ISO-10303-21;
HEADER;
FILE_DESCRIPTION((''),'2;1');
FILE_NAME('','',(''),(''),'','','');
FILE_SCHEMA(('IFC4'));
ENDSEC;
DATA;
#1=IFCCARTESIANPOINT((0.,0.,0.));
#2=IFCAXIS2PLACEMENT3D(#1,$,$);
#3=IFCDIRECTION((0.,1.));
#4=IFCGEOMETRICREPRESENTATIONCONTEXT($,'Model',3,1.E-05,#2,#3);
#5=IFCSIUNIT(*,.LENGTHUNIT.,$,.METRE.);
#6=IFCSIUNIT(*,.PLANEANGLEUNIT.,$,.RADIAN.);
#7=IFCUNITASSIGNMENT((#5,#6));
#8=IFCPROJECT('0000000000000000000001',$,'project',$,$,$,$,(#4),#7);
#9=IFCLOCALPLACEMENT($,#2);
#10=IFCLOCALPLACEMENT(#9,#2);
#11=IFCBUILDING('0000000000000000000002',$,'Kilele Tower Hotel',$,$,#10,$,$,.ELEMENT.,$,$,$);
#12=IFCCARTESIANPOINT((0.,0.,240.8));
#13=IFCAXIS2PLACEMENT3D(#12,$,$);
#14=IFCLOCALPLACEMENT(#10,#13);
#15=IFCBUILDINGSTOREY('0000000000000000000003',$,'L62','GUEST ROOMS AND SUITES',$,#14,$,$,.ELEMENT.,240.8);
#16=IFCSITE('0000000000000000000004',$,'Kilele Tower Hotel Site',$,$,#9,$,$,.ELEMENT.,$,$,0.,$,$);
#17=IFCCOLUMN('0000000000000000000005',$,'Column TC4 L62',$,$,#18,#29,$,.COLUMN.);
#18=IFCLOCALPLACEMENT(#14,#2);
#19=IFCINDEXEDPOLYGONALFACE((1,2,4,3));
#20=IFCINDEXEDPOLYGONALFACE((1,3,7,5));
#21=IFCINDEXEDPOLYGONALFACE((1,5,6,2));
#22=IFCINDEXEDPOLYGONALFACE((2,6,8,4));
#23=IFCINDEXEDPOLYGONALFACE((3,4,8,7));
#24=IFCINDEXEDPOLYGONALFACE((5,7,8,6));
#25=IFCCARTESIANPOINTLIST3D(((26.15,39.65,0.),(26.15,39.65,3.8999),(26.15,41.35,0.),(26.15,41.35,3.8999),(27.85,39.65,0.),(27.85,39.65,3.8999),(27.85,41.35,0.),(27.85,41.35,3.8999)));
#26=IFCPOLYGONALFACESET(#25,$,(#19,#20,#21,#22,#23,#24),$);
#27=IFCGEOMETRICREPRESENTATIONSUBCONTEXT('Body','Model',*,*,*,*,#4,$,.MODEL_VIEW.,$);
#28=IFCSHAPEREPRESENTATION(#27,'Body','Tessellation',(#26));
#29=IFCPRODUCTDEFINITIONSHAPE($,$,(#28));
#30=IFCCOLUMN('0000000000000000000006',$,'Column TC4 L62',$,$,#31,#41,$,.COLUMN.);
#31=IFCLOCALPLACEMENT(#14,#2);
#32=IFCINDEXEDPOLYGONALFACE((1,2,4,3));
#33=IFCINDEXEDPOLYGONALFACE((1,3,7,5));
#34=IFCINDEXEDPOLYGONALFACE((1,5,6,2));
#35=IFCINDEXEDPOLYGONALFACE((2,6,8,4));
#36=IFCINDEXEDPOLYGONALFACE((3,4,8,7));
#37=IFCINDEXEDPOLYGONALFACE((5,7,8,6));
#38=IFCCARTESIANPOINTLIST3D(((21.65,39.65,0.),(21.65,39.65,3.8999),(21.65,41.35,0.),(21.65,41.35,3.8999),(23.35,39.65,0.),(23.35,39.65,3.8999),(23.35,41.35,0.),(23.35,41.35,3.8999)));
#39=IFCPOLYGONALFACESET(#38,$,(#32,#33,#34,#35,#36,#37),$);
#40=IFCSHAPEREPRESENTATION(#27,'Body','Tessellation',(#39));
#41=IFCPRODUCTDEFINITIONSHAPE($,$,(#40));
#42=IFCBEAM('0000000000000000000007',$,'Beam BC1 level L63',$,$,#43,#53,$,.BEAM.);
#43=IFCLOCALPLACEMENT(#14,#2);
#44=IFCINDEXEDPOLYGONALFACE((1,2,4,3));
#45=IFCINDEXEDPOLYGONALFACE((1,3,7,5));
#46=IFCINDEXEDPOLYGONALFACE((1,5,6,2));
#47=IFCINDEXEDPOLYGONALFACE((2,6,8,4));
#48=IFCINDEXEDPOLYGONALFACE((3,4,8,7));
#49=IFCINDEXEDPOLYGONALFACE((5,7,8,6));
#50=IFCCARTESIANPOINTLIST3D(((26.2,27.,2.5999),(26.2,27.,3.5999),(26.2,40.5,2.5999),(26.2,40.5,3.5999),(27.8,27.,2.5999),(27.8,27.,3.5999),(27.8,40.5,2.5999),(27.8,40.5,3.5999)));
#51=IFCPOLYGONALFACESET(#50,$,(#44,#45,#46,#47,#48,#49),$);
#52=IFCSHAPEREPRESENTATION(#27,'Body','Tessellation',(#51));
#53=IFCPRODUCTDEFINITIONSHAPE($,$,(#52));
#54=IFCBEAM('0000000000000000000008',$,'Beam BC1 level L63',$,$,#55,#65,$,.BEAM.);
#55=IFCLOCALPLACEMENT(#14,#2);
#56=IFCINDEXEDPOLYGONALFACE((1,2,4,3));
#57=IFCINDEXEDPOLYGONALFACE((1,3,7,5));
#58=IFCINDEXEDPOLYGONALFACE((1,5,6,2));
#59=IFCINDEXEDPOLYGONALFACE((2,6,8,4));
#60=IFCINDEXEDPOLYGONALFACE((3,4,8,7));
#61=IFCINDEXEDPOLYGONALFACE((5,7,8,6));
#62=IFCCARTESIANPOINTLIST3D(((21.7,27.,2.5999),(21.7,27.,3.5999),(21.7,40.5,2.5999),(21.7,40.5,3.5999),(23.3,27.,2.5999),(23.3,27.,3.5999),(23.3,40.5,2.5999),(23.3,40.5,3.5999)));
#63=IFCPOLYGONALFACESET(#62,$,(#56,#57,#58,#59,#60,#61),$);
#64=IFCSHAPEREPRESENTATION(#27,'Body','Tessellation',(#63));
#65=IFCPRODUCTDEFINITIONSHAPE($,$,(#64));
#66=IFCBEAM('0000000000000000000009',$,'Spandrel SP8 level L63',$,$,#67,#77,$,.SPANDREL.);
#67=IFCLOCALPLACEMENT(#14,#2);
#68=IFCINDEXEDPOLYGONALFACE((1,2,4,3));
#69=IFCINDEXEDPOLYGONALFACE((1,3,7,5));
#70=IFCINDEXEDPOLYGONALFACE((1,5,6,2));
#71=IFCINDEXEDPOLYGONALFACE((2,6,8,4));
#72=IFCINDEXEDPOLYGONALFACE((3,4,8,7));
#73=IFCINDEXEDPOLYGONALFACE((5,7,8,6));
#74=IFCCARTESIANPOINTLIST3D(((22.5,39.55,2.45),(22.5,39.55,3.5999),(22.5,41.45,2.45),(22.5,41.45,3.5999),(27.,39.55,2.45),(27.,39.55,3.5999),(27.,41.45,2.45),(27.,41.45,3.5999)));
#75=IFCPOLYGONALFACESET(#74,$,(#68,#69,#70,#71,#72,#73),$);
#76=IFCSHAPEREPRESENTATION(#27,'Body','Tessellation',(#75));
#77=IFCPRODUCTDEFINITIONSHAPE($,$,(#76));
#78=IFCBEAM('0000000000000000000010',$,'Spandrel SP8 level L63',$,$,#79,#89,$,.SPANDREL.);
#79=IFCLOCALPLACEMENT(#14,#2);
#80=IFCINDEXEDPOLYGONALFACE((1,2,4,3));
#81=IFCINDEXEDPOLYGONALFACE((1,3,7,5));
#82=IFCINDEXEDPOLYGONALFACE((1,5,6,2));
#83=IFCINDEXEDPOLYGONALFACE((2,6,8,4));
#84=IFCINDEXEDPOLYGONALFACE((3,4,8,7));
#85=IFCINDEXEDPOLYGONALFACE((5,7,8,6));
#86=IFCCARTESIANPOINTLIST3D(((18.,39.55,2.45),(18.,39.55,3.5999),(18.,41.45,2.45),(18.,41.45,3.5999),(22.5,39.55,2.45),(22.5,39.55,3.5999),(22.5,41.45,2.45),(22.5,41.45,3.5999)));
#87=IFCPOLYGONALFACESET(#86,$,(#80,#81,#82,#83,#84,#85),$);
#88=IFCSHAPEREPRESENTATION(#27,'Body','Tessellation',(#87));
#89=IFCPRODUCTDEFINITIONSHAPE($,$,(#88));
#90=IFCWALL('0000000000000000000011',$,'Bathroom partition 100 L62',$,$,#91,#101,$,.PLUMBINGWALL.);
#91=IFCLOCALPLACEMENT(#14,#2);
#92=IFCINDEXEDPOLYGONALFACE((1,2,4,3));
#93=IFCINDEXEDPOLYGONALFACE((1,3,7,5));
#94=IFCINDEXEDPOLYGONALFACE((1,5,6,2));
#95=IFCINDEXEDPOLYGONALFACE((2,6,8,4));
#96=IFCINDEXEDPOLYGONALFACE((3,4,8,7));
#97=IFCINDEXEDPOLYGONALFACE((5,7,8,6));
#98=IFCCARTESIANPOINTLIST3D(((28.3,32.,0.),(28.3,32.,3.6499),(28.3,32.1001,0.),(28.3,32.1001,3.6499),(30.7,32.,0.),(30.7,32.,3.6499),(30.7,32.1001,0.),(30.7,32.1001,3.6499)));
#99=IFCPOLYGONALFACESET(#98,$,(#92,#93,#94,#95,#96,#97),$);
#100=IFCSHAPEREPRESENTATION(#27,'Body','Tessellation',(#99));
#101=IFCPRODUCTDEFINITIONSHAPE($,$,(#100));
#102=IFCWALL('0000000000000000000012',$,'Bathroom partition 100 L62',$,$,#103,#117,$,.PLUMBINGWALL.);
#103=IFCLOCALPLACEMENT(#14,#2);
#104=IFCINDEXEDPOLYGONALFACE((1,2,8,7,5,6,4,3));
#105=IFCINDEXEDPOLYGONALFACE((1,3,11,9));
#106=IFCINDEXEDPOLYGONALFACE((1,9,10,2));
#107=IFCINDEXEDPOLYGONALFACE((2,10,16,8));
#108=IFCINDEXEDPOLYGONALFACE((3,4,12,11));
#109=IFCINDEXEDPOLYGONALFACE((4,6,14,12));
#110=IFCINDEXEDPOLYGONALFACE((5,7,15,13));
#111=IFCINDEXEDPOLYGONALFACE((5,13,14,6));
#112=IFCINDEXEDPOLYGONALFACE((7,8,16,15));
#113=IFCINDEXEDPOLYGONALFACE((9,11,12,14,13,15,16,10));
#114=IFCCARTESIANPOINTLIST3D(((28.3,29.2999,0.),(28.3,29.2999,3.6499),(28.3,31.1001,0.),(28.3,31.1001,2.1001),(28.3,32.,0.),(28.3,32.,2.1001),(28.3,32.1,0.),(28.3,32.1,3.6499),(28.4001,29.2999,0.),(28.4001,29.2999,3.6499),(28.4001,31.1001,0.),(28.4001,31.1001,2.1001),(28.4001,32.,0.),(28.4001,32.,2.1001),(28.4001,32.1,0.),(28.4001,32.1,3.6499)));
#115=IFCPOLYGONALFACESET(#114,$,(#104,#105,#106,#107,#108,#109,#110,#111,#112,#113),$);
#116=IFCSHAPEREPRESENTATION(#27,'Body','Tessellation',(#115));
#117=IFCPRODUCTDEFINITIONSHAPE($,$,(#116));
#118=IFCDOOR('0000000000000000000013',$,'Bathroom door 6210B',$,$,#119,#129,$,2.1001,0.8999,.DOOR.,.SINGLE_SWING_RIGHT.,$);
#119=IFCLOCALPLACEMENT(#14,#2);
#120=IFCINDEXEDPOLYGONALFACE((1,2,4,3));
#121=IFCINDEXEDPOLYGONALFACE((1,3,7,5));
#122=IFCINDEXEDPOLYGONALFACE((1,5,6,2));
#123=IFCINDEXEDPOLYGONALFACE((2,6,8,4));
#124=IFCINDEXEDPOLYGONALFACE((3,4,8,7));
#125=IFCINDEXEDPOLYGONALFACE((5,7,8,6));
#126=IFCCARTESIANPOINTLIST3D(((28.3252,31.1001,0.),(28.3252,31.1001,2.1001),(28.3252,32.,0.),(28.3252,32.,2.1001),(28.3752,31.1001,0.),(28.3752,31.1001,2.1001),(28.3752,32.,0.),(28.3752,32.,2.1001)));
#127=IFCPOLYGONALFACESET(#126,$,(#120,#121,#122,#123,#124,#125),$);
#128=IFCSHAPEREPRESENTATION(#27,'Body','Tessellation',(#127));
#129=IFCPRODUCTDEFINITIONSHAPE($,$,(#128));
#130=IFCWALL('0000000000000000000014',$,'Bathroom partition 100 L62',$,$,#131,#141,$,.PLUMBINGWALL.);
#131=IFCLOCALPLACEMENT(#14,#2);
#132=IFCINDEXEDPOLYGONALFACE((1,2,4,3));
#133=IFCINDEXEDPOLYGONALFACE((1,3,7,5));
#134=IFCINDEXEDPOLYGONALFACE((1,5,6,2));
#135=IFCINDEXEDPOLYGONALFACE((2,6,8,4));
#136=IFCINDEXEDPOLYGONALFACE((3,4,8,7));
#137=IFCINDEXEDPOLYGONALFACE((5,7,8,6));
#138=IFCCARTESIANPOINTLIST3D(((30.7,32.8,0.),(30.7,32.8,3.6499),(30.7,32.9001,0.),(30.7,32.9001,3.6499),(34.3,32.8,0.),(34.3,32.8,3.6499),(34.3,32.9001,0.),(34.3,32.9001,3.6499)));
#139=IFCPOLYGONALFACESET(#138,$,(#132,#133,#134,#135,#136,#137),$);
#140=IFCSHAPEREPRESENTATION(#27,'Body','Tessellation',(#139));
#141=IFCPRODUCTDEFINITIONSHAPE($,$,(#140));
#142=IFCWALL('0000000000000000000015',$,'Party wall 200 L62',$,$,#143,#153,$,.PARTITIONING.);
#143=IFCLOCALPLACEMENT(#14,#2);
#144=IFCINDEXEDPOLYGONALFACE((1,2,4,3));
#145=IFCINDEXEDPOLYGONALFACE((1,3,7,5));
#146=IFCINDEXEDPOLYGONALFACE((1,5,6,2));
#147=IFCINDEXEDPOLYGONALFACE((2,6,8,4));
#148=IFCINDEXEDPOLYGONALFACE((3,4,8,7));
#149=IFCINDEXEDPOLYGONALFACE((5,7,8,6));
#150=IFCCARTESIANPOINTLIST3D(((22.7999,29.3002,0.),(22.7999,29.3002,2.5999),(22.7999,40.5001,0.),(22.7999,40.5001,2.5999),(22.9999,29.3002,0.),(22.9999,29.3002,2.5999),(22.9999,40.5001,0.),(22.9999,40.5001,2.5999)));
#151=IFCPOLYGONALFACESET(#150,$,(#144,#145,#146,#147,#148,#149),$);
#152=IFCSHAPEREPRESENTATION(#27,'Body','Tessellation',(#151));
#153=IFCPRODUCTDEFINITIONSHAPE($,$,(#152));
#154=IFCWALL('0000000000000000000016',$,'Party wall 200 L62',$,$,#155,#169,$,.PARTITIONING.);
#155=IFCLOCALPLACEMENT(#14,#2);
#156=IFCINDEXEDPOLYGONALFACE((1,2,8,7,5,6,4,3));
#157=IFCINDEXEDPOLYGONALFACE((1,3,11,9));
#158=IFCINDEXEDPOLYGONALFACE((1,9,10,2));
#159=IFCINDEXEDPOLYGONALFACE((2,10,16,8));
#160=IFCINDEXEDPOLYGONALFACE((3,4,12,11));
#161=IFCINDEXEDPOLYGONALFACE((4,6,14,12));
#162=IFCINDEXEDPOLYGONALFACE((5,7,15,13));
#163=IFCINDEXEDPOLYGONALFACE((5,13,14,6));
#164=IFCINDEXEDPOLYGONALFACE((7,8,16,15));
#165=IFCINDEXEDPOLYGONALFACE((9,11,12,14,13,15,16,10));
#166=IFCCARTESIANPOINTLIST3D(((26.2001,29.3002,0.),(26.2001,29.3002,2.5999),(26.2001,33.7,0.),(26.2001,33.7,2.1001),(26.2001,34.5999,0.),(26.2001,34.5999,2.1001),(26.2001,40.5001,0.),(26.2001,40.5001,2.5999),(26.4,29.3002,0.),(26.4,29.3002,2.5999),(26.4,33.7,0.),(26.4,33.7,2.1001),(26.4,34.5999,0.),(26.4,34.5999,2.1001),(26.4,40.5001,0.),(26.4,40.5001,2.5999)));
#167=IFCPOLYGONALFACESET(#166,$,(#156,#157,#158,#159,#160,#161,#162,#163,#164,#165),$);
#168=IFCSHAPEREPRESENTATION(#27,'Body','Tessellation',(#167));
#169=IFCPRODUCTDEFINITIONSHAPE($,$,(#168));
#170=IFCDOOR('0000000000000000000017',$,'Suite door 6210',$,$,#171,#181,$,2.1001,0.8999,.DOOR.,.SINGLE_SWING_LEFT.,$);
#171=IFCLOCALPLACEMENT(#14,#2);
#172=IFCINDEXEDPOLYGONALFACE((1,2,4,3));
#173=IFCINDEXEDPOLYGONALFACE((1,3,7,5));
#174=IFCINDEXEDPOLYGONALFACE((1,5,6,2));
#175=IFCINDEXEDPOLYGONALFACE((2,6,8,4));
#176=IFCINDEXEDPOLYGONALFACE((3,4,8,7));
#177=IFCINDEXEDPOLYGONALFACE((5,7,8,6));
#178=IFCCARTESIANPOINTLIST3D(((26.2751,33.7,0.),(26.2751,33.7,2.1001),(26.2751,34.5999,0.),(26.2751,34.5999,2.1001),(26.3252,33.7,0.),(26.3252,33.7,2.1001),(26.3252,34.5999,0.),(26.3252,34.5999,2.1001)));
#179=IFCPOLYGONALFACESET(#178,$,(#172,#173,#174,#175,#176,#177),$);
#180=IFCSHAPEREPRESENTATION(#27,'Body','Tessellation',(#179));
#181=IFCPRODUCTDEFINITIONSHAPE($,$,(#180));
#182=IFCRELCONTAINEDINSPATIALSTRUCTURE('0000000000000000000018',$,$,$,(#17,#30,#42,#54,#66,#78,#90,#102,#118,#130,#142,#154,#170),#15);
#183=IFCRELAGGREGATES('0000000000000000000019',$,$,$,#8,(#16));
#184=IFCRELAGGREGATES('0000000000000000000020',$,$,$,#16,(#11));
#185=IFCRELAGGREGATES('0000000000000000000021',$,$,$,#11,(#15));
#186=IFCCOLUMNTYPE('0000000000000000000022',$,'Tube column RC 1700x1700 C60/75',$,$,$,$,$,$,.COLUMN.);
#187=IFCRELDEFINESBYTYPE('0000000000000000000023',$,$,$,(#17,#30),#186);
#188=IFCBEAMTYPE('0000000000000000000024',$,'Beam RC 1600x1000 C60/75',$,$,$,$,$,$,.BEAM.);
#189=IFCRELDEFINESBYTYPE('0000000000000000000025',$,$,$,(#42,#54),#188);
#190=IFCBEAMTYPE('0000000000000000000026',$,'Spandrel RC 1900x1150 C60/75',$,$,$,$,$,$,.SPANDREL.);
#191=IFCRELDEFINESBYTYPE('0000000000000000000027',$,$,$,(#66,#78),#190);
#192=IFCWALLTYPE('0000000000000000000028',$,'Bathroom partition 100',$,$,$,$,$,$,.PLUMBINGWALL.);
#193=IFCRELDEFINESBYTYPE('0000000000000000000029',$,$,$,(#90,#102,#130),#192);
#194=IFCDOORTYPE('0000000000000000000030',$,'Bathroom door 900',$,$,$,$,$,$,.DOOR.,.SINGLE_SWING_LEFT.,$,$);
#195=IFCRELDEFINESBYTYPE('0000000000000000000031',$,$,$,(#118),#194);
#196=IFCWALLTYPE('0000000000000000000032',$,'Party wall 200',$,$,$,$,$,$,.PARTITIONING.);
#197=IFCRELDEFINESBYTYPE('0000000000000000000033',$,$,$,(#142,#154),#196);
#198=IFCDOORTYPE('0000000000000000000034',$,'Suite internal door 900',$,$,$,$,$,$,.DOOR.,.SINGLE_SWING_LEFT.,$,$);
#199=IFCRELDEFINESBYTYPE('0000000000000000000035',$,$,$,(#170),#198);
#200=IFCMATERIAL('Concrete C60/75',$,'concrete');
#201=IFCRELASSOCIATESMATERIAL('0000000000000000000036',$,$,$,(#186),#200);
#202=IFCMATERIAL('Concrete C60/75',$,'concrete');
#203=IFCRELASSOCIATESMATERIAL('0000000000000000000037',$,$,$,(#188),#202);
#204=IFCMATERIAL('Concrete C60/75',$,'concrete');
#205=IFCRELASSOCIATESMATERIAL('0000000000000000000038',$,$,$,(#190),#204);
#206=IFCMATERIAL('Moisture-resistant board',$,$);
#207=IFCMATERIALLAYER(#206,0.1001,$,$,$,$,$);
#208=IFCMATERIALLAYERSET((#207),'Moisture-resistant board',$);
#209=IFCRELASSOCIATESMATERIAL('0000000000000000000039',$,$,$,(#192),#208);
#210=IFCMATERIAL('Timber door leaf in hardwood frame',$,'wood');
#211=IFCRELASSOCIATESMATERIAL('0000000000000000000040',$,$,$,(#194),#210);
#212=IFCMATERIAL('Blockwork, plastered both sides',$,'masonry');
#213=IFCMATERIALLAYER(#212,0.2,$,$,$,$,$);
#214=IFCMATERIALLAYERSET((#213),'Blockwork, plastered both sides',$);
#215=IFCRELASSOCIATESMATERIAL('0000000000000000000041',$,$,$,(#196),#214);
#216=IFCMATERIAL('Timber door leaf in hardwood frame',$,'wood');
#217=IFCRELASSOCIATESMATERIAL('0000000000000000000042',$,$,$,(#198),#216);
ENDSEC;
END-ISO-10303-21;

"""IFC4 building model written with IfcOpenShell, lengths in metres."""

from ifc_helpers import new_model, si_unit, direction, frame, frame_2d, origin, origin_2d, place, context, subcontext, project, spatial, rectangle, extrude, material, layer, layer_set, material_profile, profile_set, type_object, element, fill, save


model = new_model("IFC4")

# Units and contexts
model_context = context("Model", 3, precision=1e-05, world=origin(), true_north=direction((0.0, 1.0)))
body_context = subcontext(model_context, "Body", "Model", "MODEL_VIEW")
ifc_project = project(units=[si_unit("LENGTHUNIT", "METRE"), si_unit("PLANEANGLEUNIT", "RADIAN")], contexts=[model_context])

# Site, building, storey
site_placement = place(None, origin())
site = spatial("IfcSite", under=ifc_project, at=site_placement, Name="Kilele Tower Hotel Site", CompositionType="ELEMENT", RefElevation=0.0)
building_placement = place(site_placement, origin())
building = spatial("IfcBuilding", under=site, at=building_placement, Name="Kilele Tower Hotel", CompositionType="ELEMENT")
storey_placement = place(building_placement, frame((0.0, 0.0, 240.8)))
storey = spatial("IfcBuildingStorey", under=building, at=storey_placement, Name="L62", Description="GUEST ROOMS AND SUITES", CompositionType="ELEMENT", Elevation=240.8)

# Columns
ifc_material_1 = material(Name="Concrete C60/75", Category="concrete")
ifc_material_profile_1 = material_profile(ifc_material_1, rectangle(XDim=1.7, YDim=1.7, at=origin_2d()))
ifc_profile_set_1 = profile_set([ifc_material_profile_1], Name="Concrete C60/75")
column_type = type_object("IfcColumnType", Name="Tube column RC 1700x1700 C60/75", PredefinedType="COLUMN", material=ifc_profile_set_1)
for number, where, z_axis, x_axis, name in (
    (1, (27.0, 40.5, 0.0), (0.0, 0.0, 1.0), (1.0, 0.0, 0.0), "Column TC4 L62"),
    (2, (22.5, 40.5, 0.0), (0.0, 0.0, 1.0), (1.0, 0.0, 0.0), "Column TC4 L62"),
):
    element("IfcColumn", number, at=place(storey_placement, frame(where, z_axis=z_axis, x_axis=x_axis)), inside=storey, type_object=column_type, Name=name, PredefinedType="COLUMN", context=body_context, shape_type="SweptSolid", body=[
        extrude(rectangle(XDim=1.7, YDim=1.7, at=origin_2d()), origin(), (0.0, 0.0, 1.0), 3.8999),
    ])

# Beams
ifc_material_2 = material(Name="Concrete C60/75", Category="concrete")
ifc_material_profile_2 = material_profile(ifc_material_2, rectangle(XDim=1.6001, YDim=1.0, at=origin_2d()))
ifc_profile_set_2 = profile_set([ifc_material_profile_2], Name="Concrete C60/75")
beam_type_1 = type_object("IfcBeamType", Name="Beam RC 1600x1000 C60/75", PredefinedType="BEAM", material=ifc_profile_set_2)
for number, where, z_axis, x_axis, name in (
    (3, (27.0, 40.5, 3.0999), (0.0, -1.0, 0.0), (1.0, 0.0, 0.0), "Beam BC1 level L63"),
    (4, (22.5, 40.5, 3.0999), (0.0, -1.0, 0.0), (1.0, 0.0, 0.0), "Beam BC1 level L63"),
):
    element("IfcBeam", number, at=place(storey_placement, frame(where, z_axis=z_axis, x_axis=x_axis)), inside=storey, type_object=beam_type_1, Name=name, PredefinedType="BEAM", context=body_context, shape_type="SweptSolid", body=[
        extrude(rectangle(XDim=1.6001, YDim=1.0, at=origin_2d()), origin(), (0.0, 0.0, 1.0), 13.5),
    ])
ifc_material_3 = material(Name="Concrete C60/75", Category="concrete")
ifc_material_profile_3 = material_profile(ifc_material_3, rectangle(XDim=1.8999, YDim=1.1499, at=origin_2d()))
ifc_profile_set_3 = profile_set([ifc_material_profile_3], Name="Concrete C60/75")
beam_type_2 = type_object("IfcBeamType", Name="Spandrel RC 1900x1150 C60/75", PredefinedType="SPANDREL", material=ifc_profile_set_3)
for number, where, z_axis, x_axis, name in (
    (5, (27.0, 40.5, 3.0249), (-1.0, 0.0, 0.0), (0.0, -1.0, 0.0), "Spandrel SP8 level L63"),
    (6, (22.5, 40.5, 3.0249), (-1.0, 0.0, 0.0), (0.0, -1.0, 0.0), "Spandrel SP8 level L63"),
):
    element("IfcBeam", number, at=place(storey_placement, frame(where, z_axis=z_axis, x_axis=x_axis)), inside=storey, type_object=beam_type_2, Name=name, PredefinedType="SPANDREL", context=body_context, shape_type="SweptSolid", body=[
        extrude(rectangle(XDim=1.8999, YDim=1.1499, at=origin_2d()), origin(), (0.0, 0.0, 1.0), 4.5),
    ])

# Wall
ifc_material_4 = material(Name="Moisture-resistant board")
ifc_layer_1 = layer(ifc_material_4, 0.1001)
ifc_layer_set_1 = layer_set([ifc_layer_1], Name="Moisture-resistant board")
wall_type_1 = type_object("IfcWallType", Name="Bathroom partition 100", PredefinedType="PLUMBINGWALL", material=ifc_layer_set_1)
wall_1_placement = place(storey_placement, frame((28.3, 32.05, 0.0), z_axis=(0.0, 0.0, 1.0), x_axis=(1.0, 0.0, 0.0)))
element("IfcWall", 7, at=wall_1_placement, inside=storey, type_object=wall_type_1, Name="Bathroom partition 100 L62", PredefinedType="PLUMBINGWALL", context=body_context, shape_type="SweptSolid", body=[
    extrude(rectangle(XDim=2.3999, YDim=0.1001, at=frame_2d((1.2, 0.0))), origin(), (0.0, 0.0, 1.0), 3.6499),
])

# Wall, opening, door
wall_2_placement = place(storey_placement, frame((28.3501, 29.3, 0.0), z_axis=(0.0, 0.0, 1.0), x_axis=(0.0, 1.0, 0.0)))
wall_2 = element("IfcWall", 8, at=wall_2_placement, inside=storey, type_object=wall_type_1, Name="Bathroom partition 100 L62", PredefinedType="PLUMBINGWALL", context=body_context, shape_type="SweptSolid", body=[
    extrude(rectangle(XDim=2.8, YDim=0.1001, at=frame_2d((1.3999, 0.0))), origin(), (0.0, 0.0, 1.0), 3.6499),
])
opening_1_placement = place(wall_2_placement, frame((1.8, 0.0, 0.0)))
opening_1 = element("IfcOpeningElement", 9, at=opening_1_placement, cuts=wall_2, PredefinedType="OPENING", context=body_context, shape_type="SweptSolid", body=[
    extrude(rectangle(XDim=0.8999, YDim=2.1001, at=frame_2d((0.45, 1.05))), frame((0.0, 0.0601, 0.0), z_axis=(0.0, -1.0, 0.0), x_axis=(1.0, 0.0, 0.0)), (0.0, 0.0, 1.0), 0.1201),
])
ifc_material_5 = material(Name="Timber door leaf in hardwood frame", Category="wood")
door_type_1 = type_object("IfcDoorType", Name="Bathroom door 900", OperationType="SINGLE_SWING_LEFT", PredefinedType="DOOR", material=ifc_material_5)
door_1_placement = place(opening_1_placement, origin())
door_1 = element("IfcDoor", 10, at=door_1_placement, inside=storey, type_object=door_type_1, Name="Bathroom door 6210B", OperationType="SINGLE_SWING_RIGHT", OverallHeight=2.1001, OverallWidth=0.8999, PredefinedType="DOOR", context=body_context, shape_type="SweptSolid", body=[
    extrude(rectangle(XDim=0.8999, YDim=2.1001, at=frame_2d((0.45, 1.05))), frame((0.0, 0.0249, 0.0), z_axis=(0.0, -1.0, 0.0), x_axis=(1.0, 0.0, 0.0)), (0.0, 0.0, 1.0), 0.05),
])
fill(opening_1, door_1)

# Walls
wall_3_placement = place(storey_placement, frame((30.7, 32.8501, 0.0), z_axis=(0.0, 0.0, 1.0), x_axis=(1.0, 0.0, 0.0)))
element("IfcWall", 11, at=wall_3_placement, inside=storey, type_object=wall_type_1, Name="Bathroom partition 100 L62", PredefinedType="PLUMBINGWALL", context=body_context, shape_type="SweptSolid", body=[
    extrude(rectangle(XDim=3.6001, YDim=0.1001, at=frame_2d((1.8, 0.0))), origin(), (0.0, 0.0, 1.0), 3.6499),
])
ifc_material_6 = material(Name="Blockwork, plastered both sides", Category="masonry")
ifc_layer_2 = layer(ifc_material_6, 0.2)
ifc_layer_set_2 = layer_set([ifc_layer_2], Name="Blockwork, plastered both sides")
wall_type_2 = type_object("IfcWallType", Name="Party wall 200", PredefinedType="PARTITIONING", material=ifc_layer_set_2)
wall_4_placement = place(storey_placement, frame((22.8999, 29.3, 0.0), z_axis=(0.0, 0.0, 1.0), x_axis=(0.0, 1.0, 0.0)))
element("IfcWall", 12, at=wall_4_placement, inside=storey, type_object=wall_type_2, Name="Party wall 200 L62", PredefinedType="PARTITIONING", context=body_context, shape_type="SweptSolid", body=[
    extrude(rectangle(XDim=11.2, YDim=0.2, at=frame_2d((5.6001, 0.0))), origin(), (0.0, 0.0, 1.0), 2.5999),
])

# Wall, opening, door
wall_5_placement = place(storey_placement, frame((26.3, 29.3, 0.0), z_axis=(0.0, 0.0, 1.0), x_axis=(0.0, 1.0, 0.0)))
wall_5 = element("IfcWall", 13, at=wall_5_placement, inside=storey, type_object=wall_type_2, Name="Party wall 200 L62", PredefinedType="PARTITIONING", context=body_context, shape_type="SweptSolid", body=[
    extrude(rectangle(XDim=11.2, YDim=0.2, at=frame_2d((5.6001, 0.0))), origin(), (0.0, 0.0, 1.0), 2.5999),
])
opening_2_placement = place(wall_5_placement, frame((4.3999, 0.0, 0.0)))
opening_2 = element("IfcOpeningElement", 14, at=opening_2_placement, cuts=wall_5, PredefinedType="OPENING", context=body_context, shape_type="SweptSolid", body=[
    extrude(rectangle(XDim=0.8999, YDim=2.1001, at=frame_2d((0.45, 1.05))), frame((0.0, 0.1099, 0.0), z_axis=(0.0, -1.0, 0.0), x_axis=(1.0, 0.0, 0.0)), (0.0, 0.0, 1.0), 0.22),
])
ifc_material_7 = material(Name="Timber door leaf in hardwood frame", Category="wood")
door_type_2 = type_object("IfcDoorType", Name="Suite internal door 900", OperationType="SINGLE_SWING_LEFT", PredefinedType="DOOR", material=ifc_material_7)
door_2_placement = place(opening_2_placement, origin())
door_2 = element("IfcDoor", 15, at=door_2_placement, inside=storey, type_object=door_type_2, Name="Suite door 6210", OperationType="SINGLE_SWING_LEFT", OverallHeight=2.1001, OverallWidth=0.8999, PredefinedType="DOOR", context=body_context, shape_type="SweptSolid", body=[
    extrude(rectangle(XDim=0.8999, YDim=2.1001, at=frame_2d((0.45, 1.05))), frame((0.0, 0.0249, 0.0), z_axis=(0.0, -1.0, 0.0), x_axis=(1.0, 0.0, 0.0)), (0.0, 0.0, 1.0), 0.05),
])
fill(opening_2, door_2)

save(model, "model.ifc")
